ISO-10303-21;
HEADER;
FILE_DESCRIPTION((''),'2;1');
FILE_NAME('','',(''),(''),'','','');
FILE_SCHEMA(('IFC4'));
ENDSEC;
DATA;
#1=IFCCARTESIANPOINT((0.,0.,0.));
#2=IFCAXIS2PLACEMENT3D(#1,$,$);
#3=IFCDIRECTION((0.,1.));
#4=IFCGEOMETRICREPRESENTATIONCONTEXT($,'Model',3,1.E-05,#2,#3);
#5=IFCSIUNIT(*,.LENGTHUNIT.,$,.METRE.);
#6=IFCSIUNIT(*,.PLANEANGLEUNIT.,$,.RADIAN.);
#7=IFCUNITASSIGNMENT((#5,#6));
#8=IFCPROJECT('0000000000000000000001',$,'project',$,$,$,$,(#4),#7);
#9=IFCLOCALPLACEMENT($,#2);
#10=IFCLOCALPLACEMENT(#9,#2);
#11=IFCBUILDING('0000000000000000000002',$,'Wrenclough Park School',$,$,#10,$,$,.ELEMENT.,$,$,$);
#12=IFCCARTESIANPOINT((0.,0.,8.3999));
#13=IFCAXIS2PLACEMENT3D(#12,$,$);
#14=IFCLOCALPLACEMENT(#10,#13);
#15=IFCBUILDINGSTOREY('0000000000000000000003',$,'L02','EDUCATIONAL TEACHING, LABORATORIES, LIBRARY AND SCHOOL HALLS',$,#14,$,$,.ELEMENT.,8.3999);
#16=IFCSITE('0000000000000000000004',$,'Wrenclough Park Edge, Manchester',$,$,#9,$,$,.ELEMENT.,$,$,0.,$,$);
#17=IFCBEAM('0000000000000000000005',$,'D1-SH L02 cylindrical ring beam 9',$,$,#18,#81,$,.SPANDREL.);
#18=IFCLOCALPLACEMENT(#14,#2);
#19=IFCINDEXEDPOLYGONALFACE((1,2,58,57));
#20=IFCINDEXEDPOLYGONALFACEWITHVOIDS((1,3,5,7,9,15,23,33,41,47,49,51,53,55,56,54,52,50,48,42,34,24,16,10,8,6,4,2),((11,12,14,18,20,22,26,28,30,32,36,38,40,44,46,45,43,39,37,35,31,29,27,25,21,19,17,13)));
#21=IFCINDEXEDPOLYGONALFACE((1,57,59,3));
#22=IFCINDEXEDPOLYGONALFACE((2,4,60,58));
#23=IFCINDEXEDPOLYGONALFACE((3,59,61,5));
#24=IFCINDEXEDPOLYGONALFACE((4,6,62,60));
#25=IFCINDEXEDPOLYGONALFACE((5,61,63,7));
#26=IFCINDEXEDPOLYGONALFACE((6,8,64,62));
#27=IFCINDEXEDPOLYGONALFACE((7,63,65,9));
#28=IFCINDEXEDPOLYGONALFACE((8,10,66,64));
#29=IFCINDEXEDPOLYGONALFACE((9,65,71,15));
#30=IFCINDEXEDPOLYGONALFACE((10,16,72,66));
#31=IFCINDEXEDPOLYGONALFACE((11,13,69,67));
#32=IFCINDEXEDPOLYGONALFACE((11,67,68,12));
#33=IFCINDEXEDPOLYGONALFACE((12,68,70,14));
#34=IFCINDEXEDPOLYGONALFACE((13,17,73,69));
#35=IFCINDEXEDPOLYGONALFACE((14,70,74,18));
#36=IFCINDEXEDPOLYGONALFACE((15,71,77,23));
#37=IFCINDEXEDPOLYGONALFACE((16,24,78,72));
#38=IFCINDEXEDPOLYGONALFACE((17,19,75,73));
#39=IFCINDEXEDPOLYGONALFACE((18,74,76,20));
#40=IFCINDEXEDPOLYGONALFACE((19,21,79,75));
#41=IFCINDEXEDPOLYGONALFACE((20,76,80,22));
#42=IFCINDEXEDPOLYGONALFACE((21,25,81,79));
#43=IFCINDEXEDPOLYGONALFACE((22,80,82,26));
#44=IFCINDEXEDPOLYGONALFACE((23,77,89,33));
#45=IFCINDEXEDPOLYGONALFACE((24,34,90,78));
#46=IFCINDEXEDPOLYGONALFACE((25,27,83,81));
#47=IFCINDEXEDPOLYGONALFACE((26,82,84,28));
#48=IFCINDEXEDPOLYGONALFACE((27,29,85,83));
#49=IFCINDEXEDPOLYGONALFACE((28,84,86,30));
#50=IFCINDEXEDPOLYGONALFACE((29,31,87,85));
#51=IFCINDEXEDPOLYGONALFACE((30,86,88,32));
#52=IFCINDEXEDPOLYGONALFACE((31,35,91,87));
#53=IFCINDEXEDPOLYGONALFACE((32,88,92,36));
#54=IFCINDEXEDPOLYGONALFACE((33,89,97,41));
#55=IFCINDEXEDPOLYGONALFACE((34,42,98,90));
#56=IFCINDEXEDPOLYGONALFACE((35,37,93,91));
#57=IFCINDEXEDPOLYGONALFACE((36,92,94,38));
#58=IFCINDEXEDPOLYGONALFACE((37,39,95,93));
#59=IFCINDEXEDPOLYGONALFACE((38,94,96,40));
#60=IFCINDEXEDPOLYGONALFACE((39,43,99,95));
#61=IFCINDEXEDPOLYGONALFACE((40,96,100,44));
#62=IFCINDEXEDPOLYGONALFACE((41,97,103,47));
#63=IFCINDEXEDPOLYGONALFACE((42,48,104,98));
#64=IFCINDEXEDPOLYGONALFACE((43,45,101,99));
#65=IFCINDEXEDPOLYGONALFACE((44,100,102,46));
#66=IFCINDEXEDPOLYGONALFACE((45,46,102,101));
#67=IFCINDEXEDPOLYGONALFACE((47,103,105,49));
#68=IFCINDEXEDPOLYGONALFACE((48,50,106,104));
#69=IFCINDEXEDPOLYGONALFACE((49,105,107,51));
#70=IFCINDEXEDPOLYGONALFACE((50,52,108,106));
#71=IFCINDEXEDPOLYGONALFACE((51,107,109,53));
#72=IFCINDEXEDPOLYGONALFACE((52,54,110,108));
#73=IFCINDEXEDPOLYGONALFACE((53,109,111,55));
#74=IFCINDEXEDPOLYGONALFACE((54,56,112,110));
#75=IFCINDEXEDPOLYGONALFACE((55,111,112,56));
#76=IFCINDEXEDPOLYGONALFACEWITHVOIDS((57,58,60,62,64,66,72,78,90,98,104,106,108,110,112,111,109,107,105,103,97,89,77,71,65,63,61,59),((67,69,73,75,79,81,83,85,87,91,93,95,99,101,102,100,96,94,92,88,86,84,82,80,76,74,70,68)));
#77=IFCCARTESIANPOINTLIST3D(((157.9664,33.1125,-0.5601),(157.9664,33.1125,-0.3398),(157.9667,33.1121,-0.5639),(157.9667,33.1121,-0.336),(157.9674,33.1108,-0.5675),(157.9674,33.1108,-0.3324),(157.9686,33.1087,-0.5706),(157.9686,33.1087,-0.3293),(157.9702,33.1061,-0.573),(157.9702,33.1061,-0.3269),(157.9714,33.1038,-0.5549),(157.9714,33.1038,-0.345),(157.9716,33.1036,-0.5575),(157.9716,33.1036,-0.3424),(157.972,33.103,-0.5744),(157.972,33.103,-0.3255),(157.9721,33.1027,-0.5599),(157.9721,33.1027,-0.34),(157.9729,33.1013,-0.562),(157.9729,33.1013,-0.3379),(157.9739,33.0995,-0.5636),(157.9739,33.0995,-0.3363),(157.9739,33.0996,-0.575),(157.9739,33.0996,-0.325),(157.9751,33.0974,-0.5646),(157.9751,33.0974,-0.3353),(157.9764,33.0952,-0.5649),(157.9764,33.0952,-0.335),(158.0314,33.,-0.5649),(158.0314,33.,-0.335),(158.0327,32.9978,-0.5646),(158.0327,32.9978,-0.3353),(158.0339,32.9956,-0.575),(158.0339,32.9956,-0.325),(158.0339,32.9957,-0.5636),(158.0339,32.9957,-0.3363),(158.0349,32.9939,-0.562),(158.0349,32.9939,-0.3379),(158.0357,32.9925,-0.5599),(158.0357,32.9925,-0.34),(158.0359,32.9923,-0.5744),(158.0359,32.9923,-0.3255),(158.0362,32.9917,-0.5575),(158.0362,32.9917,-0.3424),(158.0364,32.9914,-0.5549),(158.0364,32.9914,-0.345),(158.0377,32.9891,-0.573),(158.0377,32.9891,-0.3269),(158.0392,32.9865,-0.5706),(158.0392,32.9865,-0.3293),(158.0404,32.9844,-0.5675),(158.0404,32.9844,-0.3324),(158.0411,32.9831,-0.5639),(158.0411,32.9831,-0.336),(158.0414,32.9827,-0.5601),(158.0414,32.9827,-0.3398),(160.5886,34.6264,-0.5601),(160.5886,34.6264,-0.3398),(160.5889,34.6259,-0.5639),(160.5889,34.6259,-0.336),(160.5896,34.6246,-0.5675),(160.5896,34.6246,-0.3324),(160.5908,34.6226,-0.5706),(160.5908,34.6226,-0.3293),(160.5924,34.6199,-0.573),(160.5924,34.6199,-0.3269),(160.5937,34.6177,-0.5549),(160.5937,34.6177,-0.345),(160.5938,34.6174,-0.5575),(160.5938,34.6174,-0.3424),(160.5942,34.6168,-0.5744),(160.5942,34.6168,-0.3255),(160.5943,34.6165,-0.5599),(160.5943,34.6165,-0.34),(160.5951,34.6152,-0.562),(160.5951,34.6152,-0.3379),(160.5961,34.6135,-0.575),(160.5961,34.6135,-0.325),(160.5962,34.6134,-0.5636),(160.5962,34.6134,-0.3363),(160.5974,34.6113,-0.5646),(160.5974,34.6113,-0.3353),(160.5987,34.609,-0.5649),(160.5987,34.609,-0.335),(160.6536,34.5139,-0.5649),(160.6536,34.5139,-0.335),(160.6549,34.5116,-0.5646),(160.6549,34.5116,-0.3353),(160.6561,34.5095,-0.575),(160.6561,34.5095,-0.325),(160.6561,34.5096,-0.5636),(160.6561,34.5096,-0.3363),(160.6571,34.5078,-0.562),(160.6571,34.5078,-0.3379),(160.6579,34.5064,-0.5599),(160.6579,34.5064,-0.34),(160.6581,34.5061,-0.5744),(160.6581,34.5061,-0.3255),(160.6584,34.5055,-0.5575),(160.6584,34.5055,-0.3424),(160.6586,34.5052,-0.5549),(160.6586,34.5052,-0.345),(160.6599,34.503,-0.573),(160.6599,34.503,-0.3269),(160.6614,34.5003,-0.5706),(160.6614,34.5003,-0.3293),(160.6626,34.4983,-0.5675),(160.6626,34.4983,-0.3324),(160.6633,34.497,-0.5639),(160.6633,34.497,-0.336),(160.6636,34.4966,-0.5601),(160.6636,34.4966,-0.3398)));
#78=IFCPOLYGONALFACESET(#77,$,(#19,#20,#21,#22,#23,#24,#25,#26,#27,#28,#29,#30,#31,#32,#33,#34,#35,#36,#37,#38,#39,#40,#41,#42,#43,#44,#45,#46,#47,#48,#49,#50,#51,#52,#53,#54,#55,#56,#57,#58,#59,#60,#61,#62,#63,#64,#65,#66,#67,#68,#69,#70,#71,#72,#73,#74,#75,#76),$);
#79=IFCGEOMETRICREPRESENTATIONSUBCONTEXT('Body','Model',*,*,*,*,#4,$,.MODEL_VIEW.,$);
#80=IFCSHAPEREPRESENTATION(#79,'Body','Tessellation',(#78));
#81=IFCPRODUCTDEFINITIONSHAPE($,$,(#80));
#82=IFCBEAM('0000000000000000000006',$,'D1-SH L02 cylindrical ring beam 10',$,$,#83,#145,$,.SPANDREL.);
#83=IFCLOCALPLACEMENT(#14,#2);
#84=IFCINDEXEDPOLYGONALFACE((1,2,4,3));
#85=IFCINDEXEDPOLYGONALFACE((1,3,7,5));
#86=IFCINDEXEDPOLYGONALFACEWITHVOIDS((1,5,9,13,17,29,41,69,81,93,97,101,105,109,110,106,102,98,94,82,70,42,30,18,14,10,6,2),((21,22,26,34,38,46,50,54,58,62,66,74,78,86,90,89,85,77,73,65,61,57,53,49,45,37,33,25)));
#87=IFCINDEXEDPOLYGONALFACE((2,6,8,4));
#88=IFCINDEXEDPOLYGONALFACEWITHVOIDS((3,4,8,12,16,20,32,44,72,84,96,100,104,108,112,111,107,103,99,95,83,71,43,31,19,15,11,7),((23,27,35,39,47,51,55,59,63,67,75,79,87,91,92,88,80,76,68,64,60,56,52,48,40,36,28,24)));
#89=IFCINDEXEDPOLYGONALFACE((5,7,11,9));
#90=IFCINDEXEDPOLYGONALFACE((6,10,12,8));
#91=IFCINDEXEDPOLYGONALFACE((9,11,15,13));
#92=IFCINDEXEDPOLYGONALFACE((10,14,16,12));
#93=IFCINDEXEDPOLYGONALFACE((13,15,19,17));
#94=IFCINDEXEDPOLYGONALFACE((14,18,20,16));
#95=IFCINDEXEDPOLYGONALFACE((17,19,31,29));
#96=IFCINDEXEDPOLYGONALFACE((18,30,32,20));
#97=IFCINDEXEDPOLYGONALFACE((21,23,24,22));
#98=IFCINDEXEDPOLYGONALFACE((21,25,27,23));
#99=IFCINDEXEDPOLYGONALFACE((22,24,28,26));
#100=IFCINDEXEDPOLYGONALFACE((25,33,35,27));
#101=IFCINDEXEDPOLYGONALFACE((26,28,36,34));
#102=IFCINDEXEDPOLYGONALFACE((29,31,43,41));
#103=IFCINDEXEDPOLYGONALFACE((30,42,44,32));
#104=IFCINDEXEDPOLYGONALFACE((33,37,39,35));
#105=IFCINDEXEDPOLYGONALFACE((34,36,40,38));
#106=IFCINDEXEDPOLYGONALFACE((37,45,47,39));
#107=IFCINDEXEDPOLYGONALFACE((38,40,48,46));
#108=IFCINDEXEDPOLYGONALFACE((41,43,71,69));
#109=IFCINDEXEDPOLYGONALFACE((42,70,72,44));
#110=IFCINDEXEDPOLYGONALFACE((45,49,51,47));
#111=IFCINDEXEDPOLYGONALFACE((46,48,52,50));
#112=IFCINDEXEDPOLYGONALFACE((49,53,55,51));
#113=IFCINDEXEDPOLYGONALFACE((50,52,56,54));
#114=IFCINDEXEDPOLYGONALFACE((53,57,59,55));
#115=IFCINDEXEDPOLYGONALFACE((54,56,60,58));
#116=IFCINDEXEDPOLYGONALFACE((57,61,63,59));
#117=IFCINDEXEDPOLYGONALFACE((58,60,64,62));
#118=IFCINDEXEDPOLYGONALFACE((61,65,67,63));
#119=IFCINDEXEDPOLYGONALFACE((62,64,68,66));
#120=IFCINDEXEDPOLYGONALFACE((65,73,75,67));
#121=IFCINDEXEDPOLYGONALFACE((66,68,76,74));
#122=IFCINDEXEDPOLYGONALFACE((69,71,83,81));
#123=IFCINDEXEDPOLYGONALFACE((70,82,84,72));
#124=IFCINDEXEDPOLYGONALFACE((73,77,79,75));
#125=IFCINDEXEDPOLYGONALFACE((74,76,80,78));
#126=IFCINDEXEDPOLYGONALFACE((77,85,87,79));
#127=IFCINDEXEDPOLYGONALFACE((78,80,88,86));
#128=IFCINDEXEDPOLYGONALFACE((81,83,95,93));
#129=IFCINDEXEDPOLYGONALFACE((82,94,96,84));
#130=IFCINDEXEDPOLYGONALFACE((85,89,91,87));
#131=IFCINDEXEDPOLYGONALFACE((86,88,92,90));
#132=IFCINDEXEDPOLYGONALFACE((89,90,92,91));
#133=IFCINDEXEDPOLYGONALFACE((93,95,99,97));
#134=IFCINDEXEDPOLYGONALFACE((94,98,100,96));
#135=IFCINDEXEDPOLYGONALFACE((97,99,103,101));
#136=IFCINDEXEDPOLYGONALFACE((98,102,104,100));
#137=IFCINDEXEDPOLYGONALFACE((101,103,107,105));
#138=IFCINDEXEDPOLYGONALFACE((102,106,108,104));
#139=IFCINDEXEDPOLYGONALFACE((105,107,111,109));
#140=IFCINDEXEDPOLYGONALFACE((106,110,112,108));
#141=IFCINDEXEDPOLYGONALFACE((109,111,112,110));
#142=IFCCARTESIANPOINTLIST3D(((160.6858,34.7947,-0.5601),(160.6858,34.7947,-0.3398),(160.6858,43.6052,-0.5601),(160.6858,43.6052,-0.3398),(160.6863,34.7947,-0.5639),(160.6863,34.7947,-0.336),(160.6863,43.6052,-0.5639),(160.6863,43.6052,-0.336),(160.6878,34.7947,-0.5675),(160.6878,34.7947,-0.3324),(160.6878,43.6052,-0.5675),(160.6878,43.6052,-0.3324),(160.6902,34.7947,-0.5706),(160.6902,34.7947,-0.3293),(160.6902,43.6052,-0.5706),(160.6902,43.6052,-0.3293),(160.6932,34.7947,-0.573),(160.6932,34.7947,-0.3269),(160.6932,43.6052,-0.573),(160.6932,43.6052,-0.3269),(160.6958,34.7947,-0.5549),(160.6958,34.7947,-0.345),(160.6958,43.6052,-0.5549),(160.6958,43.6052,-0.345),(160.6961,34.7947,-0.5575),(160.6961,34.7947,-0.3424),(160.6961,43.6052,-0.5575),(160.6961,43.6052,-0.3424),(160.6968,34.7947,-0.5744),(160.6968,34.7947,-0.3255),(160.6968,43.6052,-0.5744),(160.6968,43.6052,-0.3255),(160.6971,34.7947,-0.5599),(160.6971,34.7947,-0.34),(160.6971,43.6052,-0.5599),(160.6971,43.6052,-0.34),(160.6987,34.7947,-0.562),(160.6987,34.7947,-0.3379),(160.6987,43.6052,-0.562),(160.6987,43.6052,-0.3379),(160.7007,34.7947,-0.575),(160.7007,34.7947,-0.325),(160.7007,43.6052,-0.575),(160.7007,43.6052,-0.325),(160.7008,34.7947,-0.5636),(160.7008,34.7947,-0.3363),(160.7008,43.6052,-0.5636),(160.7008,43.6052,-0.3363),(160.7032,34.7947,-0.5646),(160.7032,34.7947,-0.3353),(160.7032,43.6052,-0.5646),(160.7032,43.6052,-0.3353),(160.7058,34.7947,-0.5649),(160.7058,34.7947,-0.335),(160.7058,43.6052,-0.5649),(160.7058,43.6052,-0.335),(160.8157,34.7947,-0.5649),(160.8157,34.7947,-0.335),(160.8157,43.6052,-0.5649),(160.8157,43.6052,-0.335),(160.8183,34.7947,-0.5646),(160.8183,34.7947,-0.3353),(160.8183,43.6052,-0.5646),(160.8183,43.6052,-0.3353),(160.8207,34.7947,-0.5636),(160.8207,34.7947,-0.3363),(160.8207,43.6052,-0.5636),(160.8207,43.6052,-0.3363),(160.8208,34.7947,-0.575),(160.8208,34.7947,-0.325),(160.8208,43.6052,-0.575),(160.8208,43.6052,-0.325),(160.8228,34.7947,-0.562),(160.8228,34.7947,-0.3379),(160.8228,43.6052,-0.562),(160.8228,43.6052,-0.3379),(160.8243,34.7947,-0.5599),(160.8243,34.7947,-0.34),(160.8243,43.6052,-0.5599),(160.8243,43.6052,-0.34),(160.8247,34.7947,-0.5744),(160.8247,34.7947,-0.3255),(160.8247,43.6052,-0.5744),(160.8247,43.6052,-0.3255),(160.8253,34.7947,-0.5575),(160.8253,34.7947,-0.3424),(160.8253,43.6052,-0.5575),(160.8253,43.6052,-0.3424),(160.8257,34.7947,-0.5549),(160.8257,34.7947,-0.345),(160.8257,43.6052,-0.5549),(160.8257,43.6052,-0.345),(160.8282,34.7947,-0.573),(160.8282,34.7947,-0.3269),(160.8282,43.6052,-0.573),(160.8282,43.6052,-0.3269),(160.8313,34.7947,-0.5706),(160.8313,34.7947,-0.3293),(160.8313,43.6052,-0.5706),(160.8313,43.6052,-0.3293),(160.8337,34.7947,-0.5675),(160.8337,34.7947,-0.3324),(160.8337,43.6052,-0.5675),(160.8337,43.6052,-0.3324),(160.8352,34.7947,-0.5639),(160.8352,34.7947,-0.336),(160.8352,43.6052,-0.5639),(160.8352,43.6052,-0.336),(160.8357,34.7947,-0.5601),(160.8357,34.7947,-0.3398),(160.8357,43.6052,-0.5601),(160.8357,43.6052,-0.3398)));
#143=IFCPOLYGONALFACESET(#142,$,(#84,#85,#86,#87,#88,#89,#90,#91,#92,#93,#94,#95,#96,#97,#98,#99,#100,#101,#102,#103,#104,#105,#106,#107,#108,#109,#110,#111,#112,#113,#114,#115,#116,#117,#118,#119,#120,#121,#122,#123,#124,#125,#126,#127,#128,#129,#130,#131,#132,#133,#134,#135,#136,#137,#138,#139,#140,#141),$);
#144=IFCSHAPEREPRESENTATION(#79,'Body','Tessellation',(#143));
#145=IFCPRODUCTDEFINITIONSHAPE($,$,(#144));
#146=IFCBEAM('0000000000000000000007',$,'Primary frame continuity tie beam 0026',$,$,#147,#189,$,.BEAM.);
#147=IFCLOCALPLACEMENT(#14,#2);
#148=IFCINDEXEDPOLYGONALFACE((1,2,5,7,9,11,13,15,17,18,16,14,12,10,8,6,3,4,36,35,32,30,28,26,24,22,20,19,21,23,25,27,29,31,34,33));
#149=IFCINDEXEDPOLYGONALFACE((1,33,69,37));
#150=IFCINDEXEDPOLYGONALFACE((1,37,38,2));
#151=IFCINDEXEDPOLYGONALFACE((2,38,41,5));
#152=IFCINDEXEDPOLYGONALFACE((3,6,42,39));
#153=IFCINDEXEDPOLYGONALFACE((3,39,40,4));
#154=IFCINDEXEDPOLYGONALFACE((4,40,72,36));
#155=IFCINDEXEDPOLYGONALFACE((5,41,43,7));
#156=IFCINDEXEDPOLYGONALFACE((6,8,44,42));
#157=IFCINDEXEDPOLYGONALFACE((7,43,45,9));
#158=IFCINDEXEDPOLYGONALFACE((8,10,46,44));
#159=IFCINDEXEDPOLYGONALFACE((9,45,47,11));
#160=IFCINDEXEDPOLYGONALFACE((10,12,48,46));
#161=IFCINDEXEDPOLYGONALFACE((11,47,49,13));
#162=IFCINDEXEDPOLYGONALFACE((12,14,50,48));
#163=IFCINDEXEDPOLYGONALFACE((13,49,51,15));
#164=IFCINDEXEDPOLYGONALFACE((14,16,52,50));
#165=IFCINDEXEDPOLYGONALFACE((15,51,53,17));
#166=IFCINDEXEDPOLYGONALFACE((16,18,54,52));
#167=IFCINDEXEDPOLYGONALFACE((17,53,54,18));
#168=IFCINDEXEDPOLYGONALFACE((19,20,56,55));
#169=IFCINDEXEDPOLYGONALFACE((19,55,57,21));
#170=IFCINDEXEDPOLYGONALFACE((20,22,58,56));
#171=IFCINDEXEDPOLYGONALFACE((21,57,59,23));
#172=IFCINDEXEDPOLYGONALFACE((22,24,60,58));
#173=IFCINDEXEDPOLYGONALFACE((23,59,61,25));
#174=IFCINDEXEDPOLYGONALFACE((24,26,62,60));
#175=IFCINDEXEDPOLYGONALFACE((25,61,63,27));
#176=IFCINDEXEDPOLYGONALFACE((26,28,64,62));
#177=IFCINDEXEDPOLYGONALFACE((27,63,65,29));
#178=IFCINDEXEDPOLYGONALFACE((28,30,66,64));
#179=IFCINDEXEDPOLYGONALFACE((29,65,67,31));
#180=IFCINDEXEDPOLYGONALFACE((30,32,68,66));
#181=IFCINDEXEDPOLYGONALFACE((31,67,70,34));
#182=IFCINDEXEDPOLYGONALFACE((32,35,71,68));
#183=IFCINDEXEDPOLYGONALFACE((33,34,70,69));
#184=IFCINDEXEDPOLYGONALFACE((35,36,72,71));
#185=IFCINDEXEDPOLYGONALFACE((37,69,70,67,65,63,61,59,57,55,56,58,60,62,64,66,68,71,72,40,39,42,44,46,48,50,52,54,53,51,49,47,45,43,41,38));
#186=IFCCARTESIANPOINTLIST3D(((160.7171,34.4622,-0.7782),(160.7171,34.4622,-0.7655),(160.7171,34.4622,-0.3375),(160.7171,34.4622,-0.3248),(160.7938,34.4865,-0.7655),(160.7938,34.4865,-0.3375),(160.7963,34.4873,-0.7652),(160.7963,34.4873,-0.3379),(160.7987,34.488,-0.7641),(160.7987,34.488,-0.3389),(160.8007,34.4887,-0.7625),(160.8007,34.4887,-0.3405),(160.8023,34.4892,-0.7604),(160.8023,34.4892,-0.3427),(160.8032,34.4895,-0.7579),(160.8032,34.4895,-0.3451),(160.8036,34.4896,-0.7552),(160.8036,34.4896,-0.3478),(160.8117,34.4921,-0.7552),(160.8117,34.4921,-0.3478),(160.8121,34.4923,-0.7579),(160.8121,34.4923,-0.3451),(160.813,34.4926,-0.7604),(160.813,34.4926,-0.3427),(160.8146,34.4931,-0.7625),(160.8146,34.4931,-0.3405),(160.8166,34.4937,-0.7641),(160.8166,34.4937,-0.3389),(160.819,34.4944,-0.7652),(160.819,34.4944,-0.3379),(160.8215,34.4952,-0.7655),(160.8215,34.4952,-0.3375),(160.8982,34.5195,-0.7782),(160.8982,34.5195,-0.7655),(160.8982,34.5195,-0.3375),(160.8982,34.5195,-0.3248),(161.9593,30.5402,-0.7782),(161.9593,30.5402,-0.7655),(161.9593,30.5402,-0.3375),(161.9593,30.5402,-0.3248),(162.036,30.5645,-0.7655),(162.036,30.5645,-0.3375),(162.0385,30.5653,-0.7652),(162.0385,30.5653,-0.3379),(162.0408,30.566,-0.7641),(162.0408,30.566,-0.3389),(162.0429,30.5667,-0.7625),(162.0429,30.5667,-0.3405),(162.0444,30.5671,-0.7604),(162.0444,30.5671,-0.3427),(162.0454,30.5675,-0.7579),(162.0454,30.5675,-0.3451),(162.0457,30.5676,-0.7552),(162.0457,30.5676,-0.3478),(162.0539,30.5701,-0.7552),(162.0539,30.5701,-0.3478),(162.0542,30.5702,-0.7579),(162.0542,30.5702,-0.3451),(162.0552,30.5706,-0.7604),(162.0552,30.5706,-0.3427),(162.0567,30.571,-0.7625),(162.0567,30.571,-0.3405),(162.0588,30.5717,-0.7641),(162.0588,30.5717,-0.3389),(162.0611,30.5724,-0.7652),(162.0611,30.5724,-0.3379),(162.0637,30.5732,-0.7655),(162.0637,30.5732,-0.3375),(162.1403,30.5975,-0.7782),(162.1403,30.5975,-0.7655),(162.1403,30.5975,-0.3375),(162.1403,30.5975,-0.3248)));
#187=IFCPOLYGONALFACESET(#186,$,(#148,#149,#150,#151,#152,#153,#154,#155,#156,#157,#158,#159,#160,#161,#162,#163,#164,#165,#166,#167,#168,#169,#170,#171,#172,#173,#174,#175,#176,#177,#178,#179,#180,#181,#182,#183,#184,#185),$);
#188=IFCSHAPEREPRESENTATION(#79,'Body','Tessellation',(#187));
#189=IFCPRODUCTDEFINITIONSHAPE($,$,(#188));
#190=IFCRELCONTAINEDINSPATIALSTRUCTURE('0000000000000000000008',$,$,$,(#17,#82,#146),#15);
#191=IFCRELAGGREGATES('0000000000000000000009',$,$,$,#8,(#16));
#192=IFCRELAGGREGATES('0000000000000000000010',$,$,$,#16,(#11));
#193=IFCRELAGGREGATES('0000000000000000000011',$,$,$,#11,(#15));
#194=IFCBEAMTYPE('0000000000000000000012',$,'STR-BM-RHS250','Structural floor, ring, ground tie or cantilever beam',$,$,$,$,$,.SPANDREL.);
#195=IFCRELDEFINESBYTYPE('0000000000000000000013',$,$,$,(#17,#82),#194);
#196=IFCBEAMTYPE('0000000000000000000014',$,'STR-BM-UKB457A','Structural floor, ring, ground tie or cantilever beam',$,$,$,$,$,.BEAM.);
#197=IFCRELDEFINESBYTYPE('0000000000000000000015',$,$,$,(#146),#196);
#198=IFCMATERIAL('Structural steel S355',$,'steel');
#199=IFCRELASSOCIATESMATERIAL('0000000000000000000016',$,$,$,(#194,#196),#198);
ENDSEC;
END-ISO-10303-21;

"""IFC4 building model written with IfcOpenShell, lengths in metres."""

from ifc_helpers import new_model, si_unit, direction, frame, origin, origin_2d, place, context, subcontext, project, spatial, hollow_rectangle, i_section, extrude, material, material_profile, profile_set, type_object, element, save


model = new_model("IFC4")

# Units and contexts
model_context = context("Model", 3, precision=1e-05, world=origin(), true_north=direction((0.0, 1.0)))
body_context = subcontext(model_context, "Body", "Model", "MODEL_VIEW")
ifc_project = project(units=[si_unit("LENGTHUNIT", "METRE"), si_unit("PLANEANGLEUNIT", "RADIAN")], contexts=[model_context])

# Site, building, storey
site_placement = place(None, origin())
site = spatial("IfcSite", under=ifc_project, at=site_placement, Name="Wrenclough Park Edge, Manchester", CompositionType="ELEMENT", RefElevation=0.0)
building_placement = place(site_placement, origin())
building = spatial("IfcBuilding", under=site, at=building_placement, Name="Wrenclough Park School", CompositionType="ELEMENT")
storey_placement = place(building_placement, frame((0.0, 0.0, 8.3999)))
storey = spatial("IfcBuildingStorey", under=building, at=storey_placement, Name="L02", Description="EDUCATIONAL TEACHING, LABORATORIES, LIBRARY AND SCHOOL HALLS", CompositionType="ELEMENT", Elevation=8.3999)

# Shared definitions
ifc_material_1 = material(Name="Structural steel S355", Category="steel")

# Beams
ifc_material_profile_1 = material_profile(ifc_material_1, hollow_rectangle(XDim=0.1499, YDim=0.25, WallThickness=0.01, InnerFilletRadius=0.01, OuterFilletRadius=0.0149, at=origin_2d()), Name="RHS 250x150x10.0")
ifc_profile_set_1 = profile_set([ifc_material_profile_1], Name="Structural steel S355")
beam_type_1 = type_object("IfcBeamType", Name="STR-BM-RHS250", Description="Structural floor, ring, ground tie or cantilever beam", PredefinedType="SPANDREL", material=ifc_profile_set_1)
beam_1_placement = place(storey_placement, frame((158.0039, 33.0476, -0.45), z_axis=(0.866037, 0.499981, 0.0), x_axis=(-0.499981, 0.866037, 0.0)))
element("IfcBeam", 1, at=beam_1_placement, inside=storey, type_object=beam_type_1, Name="D1-SH L02 cylindrical ring beam 9", PredefinedType="SPANDREL", context=body_context, shape_type="SweptSolid", body=[
    extrude(hollow_rectangle(XDim=0.1499, YDim=0.25, WallThickness=0.01, InnerFilletRadius=0.01, OuterFilletRadius=0.0149, at=origin_2d()), origin(), (0.0, 0.0, 1.0), 3.0278),
])
beam_2_placement = place(storey_placement, frame((160.7607, 34.7947, -0.45), z_axis=(0.0, 1.0, 0.0), x_axis=(-1.0, 0.0, 0.0)))
element("IfcBeam", 2, at=beam_2_placement, inside=storey, type_object=beam_type_1, Name="D1-SH L02 cylindrical ring beam 10", PredefinedType="SPANDREL", context=body_context, shape_type="SweptSolid", body=[
    extrude(hollow_rectangle(XDim=0.1499, YDim=0.25, WallThickness=0.01, InnerFilletRadius=0.01, OuterFilletRadius=0.0149, at=origin_2d()), origin(), (0.0, 0.0, 1.0), 8.8105),
])
ifc_material_profile_2 = material_profile(ifc_material_1, i_section(OverallWidth=0.1899, OverallDepth=0.4534, WebThickness=0.0085, FlangeThickness=0.0127, FilletRadius=0.0103, at=origin_2d()), Name="UKB 457x191x67")
ifc_profile_set_2 = profile_set([ifc_material_profile_2], Name="Structural steel S355")
beam_type_2 = type_object("IfcBeamType", Name="STR-BM-UKB457A", Description="Structural floor, ring, ground tie or cantilever beam", PredefinedType="BEAM", material=ifc_profile_set_2)
beam_3_placement = place(storey_placement, frame((162.0498, 30.5688, -0.5515), z_axis=(-0.301932, 0.953329, 0.0), x_axis=(-0.953329, -0.301932, 0.0)))
element("IfcBeam", 3, at=beam_3_placement, inside=storey, type_object=beam_type_2, Name="Primary frame continuity tie beam 0026", PredefinedType="BEAM", context=body_context, shape_type="SweptSolid", body=[
    extrude(i_section(OverallWidth=0.1899, OverallDepth=0.4534, WebThickness=0.0085, FlangeThickness=0.0127, FilletRadius=0.0103, at=origin_2d()), origin(), (0.0, 0.0, 1.0), 4.114),
])

save(model, "model.ifc")
